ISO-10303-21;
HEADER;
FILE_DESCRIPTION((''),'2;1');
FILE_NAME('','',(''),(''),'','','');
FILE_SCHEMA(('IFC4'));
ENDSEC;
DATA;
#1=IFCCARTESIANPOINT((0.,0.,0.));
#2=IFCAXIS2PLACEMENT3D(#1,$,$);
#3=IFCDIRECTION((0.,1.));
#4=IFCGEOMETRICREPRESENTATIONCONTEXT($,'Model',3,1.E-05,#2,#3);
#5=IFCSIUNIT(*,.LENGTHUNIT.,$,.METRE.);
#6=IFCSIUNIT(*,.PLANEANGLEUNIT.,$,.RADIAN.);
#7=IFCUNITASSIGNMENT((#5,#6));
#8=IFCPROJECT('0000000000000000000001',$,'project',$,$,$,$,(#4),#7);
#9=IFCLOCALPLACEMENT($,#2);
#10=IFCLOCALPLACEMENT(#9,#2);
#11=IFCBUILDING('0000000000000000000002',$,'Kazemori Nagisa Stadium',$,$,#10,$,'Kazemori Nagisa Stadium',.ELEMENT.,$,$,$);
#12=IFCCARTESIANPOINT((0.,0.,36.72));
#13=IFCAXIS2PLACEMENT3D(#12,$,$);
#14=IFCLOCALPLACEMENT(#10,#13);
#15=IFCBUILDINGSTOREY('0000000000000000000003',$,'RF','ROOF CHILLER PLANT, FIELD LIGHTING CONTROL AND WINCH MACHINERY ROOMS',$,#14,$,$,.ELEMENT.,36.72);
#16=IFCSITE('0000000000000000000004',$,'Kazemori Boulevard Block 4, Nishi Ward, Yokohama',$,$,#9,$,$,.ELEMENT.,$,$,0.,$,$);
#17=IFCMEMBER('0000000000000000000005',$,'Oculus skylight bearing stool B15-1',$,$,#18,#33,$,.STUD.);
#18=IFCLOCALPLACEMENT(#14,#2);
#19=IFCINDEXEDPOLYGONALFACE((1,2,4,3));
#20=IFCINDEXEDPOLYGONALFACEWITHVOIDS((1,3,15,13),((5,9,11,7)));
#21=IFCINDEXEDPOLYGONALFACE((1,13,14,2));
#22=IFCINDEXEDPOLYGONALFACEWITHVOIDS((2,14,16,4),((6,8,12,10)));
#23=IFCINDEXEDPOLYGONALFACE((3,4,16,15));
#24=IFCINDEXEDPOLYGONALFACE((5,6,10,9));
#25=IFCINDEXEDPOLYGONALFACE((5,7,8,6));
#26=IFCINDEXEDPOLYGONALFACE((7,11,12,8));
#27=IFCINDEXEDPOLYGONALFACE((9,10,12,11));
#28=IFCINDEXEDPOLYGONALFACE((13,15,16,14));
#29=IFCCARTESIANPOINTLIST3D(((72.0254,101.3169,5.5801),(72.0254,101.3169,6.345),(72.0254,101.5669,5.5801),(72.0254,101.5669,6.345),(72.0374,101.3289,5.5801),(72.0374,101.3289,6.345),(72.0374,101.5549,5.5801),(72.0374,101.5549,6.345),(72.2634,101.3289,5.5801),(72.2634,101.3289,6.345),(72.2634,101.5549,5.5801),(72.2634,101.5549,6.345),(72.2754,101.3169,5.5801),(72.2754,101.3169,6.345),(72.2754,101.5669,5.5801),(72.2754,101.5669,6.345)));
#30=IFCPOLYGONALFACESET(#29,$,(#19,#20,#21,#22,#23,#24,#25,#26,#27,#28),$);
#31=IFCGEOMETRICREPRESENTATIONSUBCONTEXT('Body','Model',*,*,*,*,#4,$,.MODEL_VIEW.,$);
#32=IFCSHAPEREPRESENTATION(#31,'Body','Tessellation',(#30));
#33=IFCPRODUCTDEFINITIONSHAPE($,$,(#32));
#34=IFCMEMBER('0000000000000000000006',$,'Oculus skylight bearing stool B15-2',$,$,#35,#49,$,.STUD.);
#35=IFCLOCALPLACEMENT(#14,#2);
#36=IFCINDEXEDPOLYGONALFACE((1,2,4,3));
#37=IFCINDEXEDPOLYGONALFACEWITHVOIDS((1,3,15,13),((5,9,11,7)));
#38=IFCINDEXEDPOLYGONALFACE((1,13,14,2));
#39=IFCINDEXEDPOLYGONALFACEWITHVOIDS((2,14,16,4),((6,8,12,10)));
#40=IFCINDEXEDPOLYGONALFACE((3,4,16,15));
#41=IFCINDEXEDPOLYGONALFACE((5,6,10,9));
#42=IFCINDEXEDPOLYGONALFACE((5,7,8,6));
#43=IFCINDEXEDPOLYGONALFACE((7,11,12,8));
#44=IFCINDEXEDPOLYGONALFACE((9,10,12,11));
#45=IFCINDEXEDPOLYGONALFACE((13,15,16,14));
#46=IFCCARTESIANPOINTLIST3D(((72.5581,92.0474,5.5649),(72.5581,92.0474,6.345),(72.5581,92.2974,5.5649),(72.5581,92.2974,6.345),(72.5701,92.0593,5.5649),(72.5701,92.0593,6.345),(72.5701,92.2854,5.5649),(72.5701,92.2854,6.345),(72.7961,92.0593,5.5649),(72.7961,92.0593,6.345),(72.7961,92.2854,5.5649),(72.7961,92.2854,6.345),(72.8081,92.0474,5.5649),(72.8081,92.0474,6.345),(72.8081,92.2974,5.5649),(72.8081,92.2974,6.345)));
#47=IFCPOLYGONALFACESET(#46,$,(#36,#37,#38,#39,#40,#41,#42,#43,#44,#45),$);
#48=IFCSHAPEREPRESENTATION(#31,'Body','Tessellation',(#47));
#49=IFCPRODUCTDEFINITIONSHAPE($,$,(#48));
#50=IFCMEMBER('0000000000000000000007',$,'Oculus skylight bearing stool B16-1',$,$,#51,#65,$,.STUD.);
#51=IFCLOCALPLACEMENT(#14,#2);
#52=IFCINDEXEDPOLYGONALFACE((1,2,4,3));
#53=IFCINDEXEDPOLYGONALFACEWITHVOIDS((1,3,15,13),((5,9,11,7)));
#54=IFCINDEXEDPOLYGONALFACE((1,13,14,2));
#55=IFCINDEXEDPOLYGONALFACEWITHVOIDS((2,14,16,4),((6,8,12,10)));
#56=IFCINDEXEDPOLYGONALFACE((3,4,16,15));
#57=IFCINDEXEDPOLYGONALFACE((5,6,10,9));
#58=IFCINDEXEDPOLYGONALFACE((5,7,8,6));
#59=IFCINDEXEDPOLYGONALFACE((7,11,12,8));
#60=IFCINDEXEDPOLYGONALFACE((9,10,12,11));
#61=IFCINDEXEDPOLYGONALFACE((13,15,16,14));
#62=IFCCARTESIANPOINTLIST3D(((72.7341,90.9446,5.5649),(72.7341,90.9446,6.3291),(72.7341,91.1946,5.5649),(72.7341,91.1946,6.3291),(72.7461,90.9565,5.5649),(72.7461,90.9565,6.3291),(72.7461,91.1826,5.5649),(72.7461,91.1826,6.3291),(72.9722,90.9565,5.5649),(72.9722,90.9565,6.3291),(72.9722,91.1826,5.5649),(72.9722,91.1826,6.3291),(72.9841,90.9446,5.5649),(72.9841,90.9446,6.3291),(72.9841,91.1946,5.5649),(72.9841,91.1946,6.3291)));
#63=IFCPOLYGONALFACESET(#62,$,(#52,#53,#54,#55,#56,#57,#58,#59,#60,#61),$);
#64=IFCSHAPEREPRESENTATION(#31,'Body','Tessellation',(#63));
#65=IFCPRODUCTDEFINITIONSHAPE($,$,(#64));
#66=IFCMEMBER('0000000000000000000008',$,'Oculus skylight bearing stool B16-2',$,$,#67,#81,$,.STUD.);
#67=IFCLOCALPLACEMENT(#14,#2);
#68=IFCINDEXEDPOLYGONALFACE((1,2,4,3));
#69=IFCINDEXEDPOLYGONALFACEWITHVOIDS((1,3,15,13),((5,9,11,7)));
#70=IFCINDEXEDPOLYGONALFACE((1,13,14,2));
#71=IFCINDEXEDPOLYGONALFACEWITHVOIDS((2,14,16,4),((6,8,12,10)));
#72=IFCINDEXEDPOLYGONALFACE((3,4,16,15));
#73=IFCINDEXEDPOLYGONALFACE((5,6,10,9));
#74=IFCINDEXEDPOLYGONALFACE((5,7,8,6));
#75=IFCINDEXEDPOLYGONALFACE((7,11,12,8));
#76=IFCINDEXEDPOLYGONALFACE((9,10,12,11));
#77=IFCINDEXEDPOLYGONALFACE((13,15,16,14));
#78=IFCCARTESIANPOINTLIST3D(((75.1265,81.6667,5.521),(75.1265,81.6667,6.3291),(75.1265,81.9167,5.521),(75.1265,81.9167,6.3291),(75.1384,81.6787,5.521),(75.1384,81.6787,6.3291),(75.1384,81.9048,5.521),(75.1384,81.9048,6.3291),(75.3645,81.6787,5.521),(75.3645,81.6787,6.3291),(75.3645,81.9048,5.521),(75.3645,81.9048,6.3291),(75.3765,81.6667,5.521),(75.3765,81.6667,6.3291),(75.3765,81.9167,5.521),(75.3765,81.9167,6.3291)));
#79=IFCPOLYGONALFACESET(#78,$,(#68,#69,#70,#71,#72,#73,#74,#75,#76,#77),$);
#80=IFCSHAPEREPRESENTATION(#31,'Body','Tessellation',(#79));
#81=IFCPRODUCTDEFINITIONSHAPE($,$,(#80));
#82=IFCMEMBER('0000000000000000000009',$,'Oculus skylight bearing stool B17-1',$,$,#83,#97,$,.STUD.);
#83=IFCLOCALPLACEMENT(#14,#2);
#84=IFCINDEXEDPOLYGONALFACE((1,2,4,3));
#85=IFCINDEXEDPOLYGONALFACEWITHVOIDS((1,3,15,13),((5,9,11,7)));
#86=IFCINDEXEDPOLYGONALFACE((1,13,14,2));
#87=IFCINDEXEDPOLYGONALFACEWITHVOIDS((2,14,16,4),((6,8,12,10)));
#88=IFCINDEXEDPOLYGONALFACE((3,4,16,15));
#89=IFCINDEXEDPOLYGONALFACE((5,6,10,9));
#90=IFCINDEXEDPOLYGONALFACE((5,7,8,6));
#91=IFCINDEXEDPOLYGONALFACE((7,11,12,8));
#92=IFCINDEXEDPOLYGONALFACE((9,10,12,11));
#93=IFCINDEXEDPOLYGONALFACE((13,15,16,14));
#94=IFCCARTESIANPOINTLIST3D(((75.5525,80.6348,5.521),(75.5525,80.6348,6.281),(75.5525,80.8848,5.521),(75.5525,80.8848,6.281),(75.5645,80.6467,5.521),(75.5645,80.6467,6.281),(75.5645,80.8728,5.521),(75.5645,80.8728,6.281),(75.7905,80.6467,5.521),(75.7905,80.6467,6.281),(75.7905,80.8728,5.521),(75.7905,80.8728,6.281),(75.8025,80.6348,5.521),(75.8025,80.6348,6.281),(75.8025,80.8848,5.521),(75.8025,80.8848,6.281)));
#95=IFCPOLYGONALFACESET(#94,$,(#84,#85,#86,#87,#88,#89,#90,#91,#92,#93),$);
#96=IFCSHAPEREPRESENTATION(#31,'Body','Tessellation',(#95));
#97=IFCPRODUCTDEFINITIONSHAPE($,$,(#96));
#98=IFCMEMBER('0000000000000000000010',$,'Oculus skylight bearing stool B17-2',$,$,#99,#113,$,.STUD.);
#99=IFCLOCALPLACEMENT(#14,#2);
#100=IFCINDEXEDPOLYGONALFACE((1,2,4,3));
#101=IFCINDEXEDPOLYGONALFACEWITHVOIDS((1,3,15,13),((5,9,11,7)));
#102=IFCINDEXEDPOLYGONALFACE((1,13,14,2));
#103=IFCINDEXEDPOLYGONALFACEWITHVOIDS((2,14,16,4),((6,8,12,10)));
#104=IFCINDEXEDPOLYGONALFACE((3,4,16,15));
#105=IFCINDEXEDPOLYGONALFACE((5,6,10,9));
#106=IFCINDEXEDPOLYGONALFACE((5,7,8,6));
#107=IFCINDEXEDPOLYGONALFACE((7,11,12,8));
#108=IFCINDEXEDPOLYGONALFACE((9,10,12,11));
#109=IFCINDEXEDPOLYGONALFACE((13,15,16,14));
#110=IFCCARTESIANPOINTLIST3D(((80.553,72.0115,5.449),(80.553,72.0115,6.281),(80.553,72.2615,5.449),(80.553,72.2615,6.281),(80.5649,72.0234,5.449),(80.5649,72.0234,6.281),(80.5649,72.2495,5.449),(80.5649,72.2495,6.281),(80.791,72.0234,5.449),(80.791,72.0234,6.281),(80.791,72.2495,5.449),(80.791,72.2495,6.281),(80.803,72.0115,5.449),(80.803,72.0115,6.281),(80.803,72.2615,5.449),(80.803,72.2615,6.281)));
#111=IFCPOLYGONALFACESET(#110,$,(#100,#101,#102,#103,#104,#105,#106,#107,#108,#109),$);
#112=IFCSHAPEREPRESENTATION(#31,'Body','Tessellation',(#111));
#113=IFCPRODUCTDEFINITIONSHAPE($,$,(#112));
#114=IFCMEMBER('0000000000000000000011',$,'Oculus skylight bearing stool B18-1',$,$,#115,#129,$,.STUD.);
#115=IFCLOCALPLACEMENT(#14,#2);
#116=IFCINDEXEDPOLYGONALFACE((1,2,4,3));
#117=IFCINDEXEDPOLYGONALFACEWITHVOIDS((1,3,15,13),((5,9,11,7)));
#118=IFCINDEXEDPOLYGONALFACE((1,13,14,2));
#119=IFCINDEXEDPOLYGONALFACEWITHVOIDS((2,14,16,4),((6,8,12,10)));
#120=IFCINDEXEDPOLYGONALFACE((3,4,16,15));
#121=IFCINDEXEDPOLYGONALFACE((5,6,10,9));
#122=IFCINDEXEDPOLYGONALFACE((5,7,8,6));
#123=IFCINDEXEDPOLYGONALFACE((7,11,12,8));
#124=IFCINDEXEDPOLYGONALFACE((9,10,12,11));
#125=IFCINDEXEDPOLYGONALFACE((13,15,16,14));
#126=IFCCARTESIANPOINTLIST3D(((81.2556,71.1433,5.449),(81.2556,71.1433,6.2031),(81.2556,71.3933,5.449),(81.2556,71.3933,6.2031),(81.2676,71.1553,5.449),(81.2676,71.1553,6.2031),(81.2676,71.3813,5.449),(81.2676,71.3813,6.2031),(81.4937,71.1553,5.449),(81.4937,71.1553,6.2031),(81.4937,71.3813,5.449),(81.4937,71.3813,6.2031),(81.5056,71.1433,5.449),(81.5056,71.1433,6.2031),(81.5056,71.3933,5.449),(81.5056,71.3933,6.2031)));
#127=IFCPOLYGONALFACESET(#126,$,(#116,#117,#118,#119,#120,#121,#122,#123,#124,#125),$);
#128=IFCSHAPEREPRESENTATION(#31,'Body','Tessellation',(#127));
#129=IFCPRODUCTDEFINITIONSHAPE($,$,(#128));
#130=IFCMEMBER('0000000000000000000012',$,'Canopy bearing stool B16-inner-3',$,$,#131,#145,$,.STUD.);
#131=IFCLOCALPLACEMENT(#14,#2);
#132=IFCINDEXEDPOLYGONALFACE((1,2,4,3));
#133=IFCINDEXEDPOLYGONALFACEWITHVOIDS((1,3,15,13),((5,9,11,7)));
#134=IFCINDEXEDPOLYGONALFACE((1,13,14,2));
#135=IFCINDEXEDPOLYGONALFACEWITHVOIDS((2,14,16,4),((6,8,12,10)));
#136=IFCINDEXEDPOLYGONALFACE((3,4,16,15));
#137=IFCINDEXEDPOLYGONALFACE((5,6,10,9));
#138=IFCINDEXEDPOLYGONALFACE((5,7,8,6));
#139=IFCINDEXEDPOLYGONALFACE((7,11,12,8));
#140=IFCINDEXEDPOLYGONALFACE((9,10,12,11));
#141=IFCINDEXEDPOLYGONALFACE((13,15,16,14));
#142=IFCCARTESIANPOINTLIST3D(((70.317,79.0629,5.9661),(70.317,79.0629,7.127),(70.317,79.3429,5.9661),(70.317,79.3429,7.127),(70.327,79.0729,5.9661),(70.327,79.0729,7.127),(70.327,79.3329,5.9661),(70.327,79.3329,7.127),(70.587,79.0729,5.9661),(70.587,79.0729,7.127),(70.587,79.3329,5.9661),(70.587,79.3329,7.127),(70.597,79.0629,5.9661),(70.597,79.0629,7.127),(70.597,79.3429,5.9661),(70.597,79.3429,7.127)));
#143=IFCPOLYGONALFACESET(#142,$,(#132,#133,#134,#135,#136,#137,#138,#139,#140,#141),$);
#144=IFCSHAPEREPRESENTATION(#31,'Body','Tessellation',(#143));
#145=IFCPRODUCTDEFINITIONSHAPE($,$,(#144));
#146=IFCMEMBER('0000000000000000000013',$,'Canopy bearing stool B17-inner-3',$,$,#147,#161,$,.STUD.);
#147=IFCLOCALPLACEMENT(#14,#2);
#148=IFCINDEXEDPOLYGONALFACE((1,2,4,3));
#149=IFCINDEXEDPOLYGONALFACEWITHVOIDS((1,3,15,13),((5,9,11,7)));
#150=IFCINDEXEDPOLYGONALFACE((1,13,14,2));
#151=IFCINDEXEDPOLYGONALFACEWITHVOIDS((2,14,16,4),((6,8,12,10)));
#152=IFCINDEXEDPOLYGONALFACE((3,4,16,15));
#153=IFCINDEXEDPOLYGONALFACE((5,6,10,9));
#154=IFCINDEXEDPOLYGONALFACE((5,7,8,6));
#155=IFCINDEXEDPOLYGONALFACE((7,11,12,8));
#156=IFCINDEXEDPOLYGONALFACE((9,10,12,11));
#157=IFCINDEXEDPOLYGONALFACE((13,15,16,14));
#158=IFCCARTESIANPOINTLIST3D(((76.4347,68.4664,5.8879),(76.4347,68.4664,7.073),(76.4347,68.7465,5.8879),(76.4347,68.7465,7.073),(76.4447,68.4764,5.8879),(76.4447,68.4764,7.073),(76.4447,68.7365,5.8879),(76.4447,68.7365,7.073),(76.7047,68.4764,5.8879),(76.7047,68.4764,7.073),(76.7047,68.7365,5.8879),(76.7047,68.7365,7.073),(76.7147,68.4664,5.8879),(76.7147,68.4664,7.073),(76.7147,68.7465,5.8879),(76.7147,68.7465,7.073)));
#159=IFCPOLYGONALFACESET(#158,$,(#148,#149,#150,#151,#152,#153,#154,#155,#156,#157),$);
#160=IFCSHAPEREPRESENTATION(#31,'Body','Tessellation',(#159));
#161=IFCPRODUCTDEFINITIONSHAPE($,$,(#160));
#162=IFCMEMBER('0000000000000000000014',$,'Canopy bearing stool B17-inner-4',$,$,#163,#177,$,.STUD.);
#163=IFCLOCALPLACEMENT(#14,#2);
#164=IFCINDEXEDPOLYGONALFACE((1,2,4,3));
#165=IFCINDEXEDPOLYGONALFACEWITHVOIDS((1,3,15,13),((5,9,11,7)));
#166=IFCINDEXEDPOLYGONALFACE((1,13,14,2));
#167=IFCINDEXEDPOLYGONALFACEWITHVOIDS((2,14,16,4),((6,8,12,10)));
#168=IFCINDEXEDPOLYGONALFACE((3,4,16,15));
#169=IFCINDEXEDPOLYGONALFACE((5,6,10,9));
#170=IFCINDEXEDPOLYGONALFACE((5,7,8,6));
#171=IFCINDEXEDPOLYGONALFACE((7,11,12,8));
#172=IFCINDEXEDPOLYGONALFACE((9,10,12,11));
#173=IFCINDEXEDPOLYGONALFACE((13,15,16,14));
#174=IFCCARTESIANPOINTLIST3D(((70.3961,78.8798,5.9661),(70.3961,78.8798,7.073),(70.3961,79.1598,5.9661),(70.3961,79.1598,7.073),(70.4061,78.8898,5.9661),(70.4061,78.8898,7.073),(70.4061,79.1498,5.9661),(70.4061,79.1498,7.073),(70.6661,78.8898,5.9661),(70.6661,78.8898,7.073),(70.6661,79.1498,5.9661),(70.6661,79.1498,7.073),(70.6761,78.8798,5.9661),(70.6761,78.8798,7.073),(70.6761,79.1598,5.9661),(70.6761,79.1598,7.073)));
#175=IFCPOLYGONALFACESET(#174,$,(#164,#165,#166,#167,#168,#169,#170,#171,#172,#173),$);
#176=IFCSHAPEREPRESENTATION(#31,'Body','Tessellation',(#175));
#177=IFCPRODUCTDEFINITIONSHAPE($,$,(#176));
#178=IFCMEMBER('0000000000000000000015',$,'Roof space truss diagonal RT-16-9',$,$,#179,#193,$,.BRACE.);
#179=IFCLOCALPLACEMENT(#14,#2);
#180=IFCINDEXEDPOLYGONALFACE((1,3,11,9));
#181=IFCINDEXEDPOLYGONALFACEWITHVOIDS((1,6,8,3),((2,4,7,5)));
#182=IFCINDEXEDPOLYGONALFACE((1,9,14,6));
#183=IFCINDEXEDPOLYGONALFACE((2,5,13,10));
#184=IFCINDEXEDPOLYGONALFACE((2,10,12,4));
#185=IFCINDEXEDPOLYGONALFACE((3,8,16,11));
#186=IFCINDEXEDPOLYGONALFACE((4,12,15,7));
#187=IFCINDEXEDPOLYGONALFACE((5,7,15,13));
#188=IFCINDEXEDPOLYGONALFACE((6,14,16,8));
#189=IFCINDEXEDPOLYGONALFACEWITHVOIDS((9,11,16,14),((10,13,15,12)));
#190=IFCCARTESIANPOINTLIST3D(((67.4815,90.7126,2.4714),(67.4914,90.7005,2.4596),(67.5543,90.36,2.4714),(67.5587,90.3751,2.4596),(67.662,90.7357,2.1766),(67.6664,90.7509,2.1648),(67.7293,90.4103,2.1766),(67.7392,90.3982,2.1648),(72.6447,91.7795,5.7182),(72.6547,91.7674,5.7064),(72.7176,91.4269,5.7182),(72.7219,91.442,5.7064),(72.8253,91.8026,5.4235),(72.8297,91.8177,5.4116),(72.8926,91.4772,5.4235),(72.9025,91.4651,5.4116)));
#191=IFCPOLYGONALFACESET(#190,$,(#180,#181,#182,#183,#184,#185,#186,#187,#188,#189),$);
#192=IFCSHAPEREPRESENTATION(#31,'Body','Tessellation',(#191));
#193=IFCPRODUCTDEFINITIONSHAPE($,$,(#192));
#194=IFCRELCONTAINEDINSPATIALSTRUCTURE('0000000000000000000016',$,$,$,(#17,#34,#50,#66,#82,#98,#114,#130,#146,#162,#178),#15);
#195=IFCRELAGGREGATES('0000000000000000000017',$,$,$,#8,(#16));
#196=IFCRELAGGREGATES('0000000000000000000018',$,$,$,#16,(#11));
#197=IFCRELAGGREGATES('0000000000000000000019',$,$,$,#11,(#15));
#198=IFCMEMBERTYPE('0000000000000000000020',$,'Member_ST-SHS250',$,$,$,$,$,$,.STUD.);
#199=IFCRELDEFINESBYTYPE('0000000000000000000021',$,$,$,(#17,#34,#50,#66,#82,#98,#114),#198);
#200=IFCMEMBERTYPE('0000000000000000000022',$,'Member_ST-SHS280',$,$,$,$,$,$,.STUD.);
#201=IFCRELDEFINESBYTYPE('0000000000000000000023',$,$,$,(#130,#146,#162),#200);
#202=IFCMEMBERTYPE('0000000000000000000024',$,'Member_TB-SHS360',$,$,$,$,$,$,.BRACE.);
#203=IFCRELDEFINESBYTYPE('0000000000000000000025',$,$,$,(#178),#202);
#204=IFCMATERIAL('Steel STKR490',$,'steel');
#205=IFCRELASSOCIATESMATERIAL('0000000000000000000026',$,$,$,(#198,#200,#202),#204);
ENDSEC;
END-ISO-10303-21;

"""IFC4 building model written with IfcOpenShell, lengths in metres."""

from ifc_helpers import new_model, si_unit, direction, frame, origin, origin_2d, place, context, subcontext, project, spatial, hollow_rectangle, extrude, material, material_profile, profile_set, type_object, element, save


model = new_model("IFC4")

# Units and contexts
model_context = context("Model", 3, precision=1e-05, world=origin(), true_north=direction((0.0, 1.0)))
body_context = subcontext(model_context, "Body", "Model", "MODEL_VIEW")
ifc_project = project(units=[si_unit("LENGTHUNIT", "METRE"), si_unit("PLANEANGLEUNIT", "RADIAN")], contexts=[model_context])

# Site, building, storey
site_placement = place(None, origin())
site = spatial("IfcSite", under=ifc_project, at=site_placement, Name="Kazemori Boulevard Block 4, Nishi Ward, Yokohama", CompositionType="ELEMENT", RefElevation=0.0)
building_placement = place(site_placement, origin())
building = spatial("IfcBuilding", under=site, at=building_placement, Name="Kazemori Nagisa Stadium", LongName="Kazemori Nagisa Stadium", CompositionType="ELEMENT")
storey_placement = place(building_placement, frame((0.0, 0.0, 36.72)))
storey = spatial("IfcBuildingStorey", under=building, at=storey_placement, Name="RF", Description="ROOF CHILLER PLANT, FIELD LIGHTING CONTROL AND WINCH MACHINERY ROOMS", CompositionType="ELEMENT", Elevation=36.72)

# Members
ifc_material = material(Name="Steel STKR490", Category="steel")
ifc_material_profile_1 = material_profile(ifc_material, hollow_rectangle(XDim=0.25, YDim=0.25, WallThickness=0.012, at=origin_2d()), Name="SHS-250x250x12")
ifc_profile_set_1 = profile_set([ifc_material_profile_1], Name="Steel STKR490")
member_type_1 = type_object("IfcMemberType", Name="Member_ST-SHS250", PredefinedType="STUD", material=ifc_profile_set_1)
member_1_placement = place(storey_placement, frame((72.1504, 101.4419, 5.5801), z_axis=(0.0, 0.0, 1.0), x_axis=(1.0, 0.0, 0.0)))
element("IfcMember", 1, at=member_1_placement, inside=storey, type_object=member_type_1, Name="Oculus skylight bearing stool B15-1", PredefinedType="STUD", context=body_context, shape_type="SweptSolid", body=[
    extrude(hollow_rectangle(XDim=0.25, YDim=0.25, WallThickness=0.012, at=origin_2d()), origin(), (0.0, 0.0, 1.0), 0.7649),
])
member_2_placement = place(storey_placement, frame((72.6831, 92.1724, 5.5649), z_axis=(0.0, 0.0, 1.0), x_axis=(1.0, 0.0, 0.0)))
element("IfcMember", 2, at=member_2_placement, inside=storey, type_object=member_type_1, Name="Oculus skylight bearing stool B15-2", PredefinedType="STUD", context=body_context, shape_type="SweptSolid", body=[
    extrude(hollow_rectangle(XDim=0.25, YDim=0.25, WallThickness=0.012, at=origin_2d()), origin(), (0.0, 0.0, 1.0), 0.78),
])
member_3_placement = place(storey_placement, frame((72.8591, 91.0696, 5.5649), z_axis=(0.0, 0.0, 1.0), x_axis=(1.0, 0.0, 0.0)))
element("IfcMember", 3, at=member_3_placement, inside=storey, type_object=member_type_1, Name="Oculus skylight bearing stool B16-1", PredefinedType="STUD", context=body_context, shape_type="SweptSolid", body=[
    extrude(hollow_rectangle(XDim=0.25, YDim=0.25, WallThickness=0.012, at=origin_2d()), origin(), (0.0, 0.0, 1.0), 0.7642),
])
member_4_placement = place(storey_placement, frame((75.2515, 81.7917, 5.521), z_axis=(0.0, 0.0, 1.0), x_axis=(1.0, 0.0, 0.0)))
element("IfcMember", 4, at=member_4_placement, inside=storey, type_object=member_type_1, Name="Oculus skylight bearing stool B16-2", PredefinedType="STUD", context=body_context, shape_type="SweptSolid", body=[
    extrude(hollow_rectangle(XDim=0.25, YDim=0.25, WallThickness=0.012, at=origin_2d()), origin(), (0.0, 0.0, 1.0), 0.8081),
])
member_5_placement = place(storey_placement, frame((75.6775, 80.7598, 5.521), z_axis=(0.0, 0.0, 1.0), x_axis=(1.0, 0.0, 0.0)))
element("IfcMember", 5, at=member_5_placement, inside=storey, type_object=member_type_1, Name="Oculus skylight bearing stool B17-1", PredefinedType="STUD", context=body_context, shape_type="SweptSolid", body=[
    extrude(hollow_rectangle(XDim=0.25, YDim=0.25, WallThickness=0.012, at=origin_2d()), origin(), (0.0, 0.0, 1.0), 0.76),
])
member_6_placement = place(storey_placement, frame((80.678, 72.1365, 5.449), z_axis=(0.0, 0.0, 1.0), x_axis=(1.0, 0.0, 0.0)))
element("IfcMember", 6, at=member_6_placement, inside=storey, type_object=member_type_1, Name="Oculus skylight bearing stool B17-2", PredefinedType="STUD", context=body_context, shape_type="SweptSolid", body=[
    extrude(hollow_rectangle(XDim=0.25, YDim=0.25, WallThickness=0.012, at=origin_2d()), origin(), (0.0, 0.0, 1.0), 0.832),
])
member_7_placement = place(storey_placement, frame((81.3806, 71.2683, 5.449), z_axis=(0.0, 0.0, 1.0), x_axis=(1.0, 0.0, 0.0)))
element("IfcMember", 7, at=member_7_placement, inside=storey, type_object=member_type_1, Name="Oculus skylight bearing stool B18-1", PredefinedType="STUD", context=body_context, shape_type="SweptSolid", body=[
    extrude(hollow_rectangle(XDim=0.25, YDim=0.25, WallThickness=0.012, at=origin_2d()), origin(), (0.0, 0.0, 1.0), 0.7542),
])
ifc_material_profile_2 = material_profile(ifc_material, hollow_rectangle(XDim=0.28, YDim=0.28, WallThickness=0.01, at=origin_2d()), Name="SHS-280x280x10")
ifc_profile_set_2 = profile_set([ifc_material_profile_2], Name="Steel STKR490")
member_type_2 = type_object("IfcMemberType", Name="Member_ST-SHS280", PredefinedType="STUD", material=ifc_profile_set_2)
member_8_placement = place(storey_placement, frame((70.457, 79.2029, 5.9661), z_axis=(0.0, 0.0, 1.0), x_axis=(1.0, 0.0, 0.0)))
element("IfcMember", 8, at=member_8_placement, inside=storey, type_object=member_type_2, Name="Canopy bearing stool B16-inner-3", PredefinedType="STUD", context=body_context, shape_type="SweptSolid", body=[
    extrude(hollow_rectangle(XDim=0.28, YDim=0.28, WallThickness=0.01, at=origin_2d()), origin(), (0.0, 0.0, 1.0), 1.1609),
])
member_9_placement = place(storey_placement, frame((76.5747, 68.6064, 5.8879), z_axis=(0.0, 0.0, 1.0), x_axis=(1.0, 0.0, 0.0)))
element("IfcMember", 9, at=member_9_placement, inside=storey, type_object=member_type_2, Name="Canopy bearing stool B17-inner-3", PredefinedType="STUD", context=body_context, shape_type="SweptSolid", body=[
    extrude(hollow_rectangle(XDim=0.28, YDim=0.28, WallThickness=0.01, at=origin_2d()), origin(), (0.0, 0.0, 1.0), 1.1851),
])
member_10_placement = place(storey_placement, frame((70.5361, 79.0198, 5.9661), z_axis=(0.0, 0.0, 1.0), x_axis=(1.0, 0.0, 0.0)))
element("IfcMember", 10, at=member_10_placement, inside=storey, type_object=member_type_2, Name="Canopy bearing stool B17-inner-4", PredefinedType="STUD", context=body_context, shape_type="SweptSolid", body=[
    extrude(hollow_rectangle(XDim=0.28, YDim=0.28, WallThickness=0.01, at=origin_2d()), origin(), (0.0, 0.0, 1.0), 1.1069),
])
ifc_material_profile_3 = material_profile(ifc_material, hollow_rectangle(XDim=0.3601, YDim=0.3601, WallThickness=0.0139, at=origin_2d()), Name="SHS-360x360x14")
ifc_profile_set_3 = profile_set([ifc_material_profile_3], Name="Steel STKR490")
member_type_3 = type_object("IfcMemberType", Name="Member_TB-SHS360", PredefinedType="BRACE", material=ifc_profile_set_3)
member_11_placement = place(storey_placement, frame((67.6104, 90.5554, 2.3181), z_axis=(0.833879, 0.172304, 0.524363), x_axis=(-0.202354, 0.979312, 0.0)))
element("IfcMember", 11, at=member_11_placement, inside=storey, type_object=member_type_3, Name="Roof space truss diagonal RT-16-9", PredefinedType="BRACE", context=body_context, shape_type="SweptSolid", body=[
    extrude(hollow_rectangle(XDim=0.3601, YDim=0.3601, WallThickness=0.0139, at=origin_2d()), origin(), (0.0, 0.0, 1.0), 6.1919),
])

save(model, "model.ifc")
